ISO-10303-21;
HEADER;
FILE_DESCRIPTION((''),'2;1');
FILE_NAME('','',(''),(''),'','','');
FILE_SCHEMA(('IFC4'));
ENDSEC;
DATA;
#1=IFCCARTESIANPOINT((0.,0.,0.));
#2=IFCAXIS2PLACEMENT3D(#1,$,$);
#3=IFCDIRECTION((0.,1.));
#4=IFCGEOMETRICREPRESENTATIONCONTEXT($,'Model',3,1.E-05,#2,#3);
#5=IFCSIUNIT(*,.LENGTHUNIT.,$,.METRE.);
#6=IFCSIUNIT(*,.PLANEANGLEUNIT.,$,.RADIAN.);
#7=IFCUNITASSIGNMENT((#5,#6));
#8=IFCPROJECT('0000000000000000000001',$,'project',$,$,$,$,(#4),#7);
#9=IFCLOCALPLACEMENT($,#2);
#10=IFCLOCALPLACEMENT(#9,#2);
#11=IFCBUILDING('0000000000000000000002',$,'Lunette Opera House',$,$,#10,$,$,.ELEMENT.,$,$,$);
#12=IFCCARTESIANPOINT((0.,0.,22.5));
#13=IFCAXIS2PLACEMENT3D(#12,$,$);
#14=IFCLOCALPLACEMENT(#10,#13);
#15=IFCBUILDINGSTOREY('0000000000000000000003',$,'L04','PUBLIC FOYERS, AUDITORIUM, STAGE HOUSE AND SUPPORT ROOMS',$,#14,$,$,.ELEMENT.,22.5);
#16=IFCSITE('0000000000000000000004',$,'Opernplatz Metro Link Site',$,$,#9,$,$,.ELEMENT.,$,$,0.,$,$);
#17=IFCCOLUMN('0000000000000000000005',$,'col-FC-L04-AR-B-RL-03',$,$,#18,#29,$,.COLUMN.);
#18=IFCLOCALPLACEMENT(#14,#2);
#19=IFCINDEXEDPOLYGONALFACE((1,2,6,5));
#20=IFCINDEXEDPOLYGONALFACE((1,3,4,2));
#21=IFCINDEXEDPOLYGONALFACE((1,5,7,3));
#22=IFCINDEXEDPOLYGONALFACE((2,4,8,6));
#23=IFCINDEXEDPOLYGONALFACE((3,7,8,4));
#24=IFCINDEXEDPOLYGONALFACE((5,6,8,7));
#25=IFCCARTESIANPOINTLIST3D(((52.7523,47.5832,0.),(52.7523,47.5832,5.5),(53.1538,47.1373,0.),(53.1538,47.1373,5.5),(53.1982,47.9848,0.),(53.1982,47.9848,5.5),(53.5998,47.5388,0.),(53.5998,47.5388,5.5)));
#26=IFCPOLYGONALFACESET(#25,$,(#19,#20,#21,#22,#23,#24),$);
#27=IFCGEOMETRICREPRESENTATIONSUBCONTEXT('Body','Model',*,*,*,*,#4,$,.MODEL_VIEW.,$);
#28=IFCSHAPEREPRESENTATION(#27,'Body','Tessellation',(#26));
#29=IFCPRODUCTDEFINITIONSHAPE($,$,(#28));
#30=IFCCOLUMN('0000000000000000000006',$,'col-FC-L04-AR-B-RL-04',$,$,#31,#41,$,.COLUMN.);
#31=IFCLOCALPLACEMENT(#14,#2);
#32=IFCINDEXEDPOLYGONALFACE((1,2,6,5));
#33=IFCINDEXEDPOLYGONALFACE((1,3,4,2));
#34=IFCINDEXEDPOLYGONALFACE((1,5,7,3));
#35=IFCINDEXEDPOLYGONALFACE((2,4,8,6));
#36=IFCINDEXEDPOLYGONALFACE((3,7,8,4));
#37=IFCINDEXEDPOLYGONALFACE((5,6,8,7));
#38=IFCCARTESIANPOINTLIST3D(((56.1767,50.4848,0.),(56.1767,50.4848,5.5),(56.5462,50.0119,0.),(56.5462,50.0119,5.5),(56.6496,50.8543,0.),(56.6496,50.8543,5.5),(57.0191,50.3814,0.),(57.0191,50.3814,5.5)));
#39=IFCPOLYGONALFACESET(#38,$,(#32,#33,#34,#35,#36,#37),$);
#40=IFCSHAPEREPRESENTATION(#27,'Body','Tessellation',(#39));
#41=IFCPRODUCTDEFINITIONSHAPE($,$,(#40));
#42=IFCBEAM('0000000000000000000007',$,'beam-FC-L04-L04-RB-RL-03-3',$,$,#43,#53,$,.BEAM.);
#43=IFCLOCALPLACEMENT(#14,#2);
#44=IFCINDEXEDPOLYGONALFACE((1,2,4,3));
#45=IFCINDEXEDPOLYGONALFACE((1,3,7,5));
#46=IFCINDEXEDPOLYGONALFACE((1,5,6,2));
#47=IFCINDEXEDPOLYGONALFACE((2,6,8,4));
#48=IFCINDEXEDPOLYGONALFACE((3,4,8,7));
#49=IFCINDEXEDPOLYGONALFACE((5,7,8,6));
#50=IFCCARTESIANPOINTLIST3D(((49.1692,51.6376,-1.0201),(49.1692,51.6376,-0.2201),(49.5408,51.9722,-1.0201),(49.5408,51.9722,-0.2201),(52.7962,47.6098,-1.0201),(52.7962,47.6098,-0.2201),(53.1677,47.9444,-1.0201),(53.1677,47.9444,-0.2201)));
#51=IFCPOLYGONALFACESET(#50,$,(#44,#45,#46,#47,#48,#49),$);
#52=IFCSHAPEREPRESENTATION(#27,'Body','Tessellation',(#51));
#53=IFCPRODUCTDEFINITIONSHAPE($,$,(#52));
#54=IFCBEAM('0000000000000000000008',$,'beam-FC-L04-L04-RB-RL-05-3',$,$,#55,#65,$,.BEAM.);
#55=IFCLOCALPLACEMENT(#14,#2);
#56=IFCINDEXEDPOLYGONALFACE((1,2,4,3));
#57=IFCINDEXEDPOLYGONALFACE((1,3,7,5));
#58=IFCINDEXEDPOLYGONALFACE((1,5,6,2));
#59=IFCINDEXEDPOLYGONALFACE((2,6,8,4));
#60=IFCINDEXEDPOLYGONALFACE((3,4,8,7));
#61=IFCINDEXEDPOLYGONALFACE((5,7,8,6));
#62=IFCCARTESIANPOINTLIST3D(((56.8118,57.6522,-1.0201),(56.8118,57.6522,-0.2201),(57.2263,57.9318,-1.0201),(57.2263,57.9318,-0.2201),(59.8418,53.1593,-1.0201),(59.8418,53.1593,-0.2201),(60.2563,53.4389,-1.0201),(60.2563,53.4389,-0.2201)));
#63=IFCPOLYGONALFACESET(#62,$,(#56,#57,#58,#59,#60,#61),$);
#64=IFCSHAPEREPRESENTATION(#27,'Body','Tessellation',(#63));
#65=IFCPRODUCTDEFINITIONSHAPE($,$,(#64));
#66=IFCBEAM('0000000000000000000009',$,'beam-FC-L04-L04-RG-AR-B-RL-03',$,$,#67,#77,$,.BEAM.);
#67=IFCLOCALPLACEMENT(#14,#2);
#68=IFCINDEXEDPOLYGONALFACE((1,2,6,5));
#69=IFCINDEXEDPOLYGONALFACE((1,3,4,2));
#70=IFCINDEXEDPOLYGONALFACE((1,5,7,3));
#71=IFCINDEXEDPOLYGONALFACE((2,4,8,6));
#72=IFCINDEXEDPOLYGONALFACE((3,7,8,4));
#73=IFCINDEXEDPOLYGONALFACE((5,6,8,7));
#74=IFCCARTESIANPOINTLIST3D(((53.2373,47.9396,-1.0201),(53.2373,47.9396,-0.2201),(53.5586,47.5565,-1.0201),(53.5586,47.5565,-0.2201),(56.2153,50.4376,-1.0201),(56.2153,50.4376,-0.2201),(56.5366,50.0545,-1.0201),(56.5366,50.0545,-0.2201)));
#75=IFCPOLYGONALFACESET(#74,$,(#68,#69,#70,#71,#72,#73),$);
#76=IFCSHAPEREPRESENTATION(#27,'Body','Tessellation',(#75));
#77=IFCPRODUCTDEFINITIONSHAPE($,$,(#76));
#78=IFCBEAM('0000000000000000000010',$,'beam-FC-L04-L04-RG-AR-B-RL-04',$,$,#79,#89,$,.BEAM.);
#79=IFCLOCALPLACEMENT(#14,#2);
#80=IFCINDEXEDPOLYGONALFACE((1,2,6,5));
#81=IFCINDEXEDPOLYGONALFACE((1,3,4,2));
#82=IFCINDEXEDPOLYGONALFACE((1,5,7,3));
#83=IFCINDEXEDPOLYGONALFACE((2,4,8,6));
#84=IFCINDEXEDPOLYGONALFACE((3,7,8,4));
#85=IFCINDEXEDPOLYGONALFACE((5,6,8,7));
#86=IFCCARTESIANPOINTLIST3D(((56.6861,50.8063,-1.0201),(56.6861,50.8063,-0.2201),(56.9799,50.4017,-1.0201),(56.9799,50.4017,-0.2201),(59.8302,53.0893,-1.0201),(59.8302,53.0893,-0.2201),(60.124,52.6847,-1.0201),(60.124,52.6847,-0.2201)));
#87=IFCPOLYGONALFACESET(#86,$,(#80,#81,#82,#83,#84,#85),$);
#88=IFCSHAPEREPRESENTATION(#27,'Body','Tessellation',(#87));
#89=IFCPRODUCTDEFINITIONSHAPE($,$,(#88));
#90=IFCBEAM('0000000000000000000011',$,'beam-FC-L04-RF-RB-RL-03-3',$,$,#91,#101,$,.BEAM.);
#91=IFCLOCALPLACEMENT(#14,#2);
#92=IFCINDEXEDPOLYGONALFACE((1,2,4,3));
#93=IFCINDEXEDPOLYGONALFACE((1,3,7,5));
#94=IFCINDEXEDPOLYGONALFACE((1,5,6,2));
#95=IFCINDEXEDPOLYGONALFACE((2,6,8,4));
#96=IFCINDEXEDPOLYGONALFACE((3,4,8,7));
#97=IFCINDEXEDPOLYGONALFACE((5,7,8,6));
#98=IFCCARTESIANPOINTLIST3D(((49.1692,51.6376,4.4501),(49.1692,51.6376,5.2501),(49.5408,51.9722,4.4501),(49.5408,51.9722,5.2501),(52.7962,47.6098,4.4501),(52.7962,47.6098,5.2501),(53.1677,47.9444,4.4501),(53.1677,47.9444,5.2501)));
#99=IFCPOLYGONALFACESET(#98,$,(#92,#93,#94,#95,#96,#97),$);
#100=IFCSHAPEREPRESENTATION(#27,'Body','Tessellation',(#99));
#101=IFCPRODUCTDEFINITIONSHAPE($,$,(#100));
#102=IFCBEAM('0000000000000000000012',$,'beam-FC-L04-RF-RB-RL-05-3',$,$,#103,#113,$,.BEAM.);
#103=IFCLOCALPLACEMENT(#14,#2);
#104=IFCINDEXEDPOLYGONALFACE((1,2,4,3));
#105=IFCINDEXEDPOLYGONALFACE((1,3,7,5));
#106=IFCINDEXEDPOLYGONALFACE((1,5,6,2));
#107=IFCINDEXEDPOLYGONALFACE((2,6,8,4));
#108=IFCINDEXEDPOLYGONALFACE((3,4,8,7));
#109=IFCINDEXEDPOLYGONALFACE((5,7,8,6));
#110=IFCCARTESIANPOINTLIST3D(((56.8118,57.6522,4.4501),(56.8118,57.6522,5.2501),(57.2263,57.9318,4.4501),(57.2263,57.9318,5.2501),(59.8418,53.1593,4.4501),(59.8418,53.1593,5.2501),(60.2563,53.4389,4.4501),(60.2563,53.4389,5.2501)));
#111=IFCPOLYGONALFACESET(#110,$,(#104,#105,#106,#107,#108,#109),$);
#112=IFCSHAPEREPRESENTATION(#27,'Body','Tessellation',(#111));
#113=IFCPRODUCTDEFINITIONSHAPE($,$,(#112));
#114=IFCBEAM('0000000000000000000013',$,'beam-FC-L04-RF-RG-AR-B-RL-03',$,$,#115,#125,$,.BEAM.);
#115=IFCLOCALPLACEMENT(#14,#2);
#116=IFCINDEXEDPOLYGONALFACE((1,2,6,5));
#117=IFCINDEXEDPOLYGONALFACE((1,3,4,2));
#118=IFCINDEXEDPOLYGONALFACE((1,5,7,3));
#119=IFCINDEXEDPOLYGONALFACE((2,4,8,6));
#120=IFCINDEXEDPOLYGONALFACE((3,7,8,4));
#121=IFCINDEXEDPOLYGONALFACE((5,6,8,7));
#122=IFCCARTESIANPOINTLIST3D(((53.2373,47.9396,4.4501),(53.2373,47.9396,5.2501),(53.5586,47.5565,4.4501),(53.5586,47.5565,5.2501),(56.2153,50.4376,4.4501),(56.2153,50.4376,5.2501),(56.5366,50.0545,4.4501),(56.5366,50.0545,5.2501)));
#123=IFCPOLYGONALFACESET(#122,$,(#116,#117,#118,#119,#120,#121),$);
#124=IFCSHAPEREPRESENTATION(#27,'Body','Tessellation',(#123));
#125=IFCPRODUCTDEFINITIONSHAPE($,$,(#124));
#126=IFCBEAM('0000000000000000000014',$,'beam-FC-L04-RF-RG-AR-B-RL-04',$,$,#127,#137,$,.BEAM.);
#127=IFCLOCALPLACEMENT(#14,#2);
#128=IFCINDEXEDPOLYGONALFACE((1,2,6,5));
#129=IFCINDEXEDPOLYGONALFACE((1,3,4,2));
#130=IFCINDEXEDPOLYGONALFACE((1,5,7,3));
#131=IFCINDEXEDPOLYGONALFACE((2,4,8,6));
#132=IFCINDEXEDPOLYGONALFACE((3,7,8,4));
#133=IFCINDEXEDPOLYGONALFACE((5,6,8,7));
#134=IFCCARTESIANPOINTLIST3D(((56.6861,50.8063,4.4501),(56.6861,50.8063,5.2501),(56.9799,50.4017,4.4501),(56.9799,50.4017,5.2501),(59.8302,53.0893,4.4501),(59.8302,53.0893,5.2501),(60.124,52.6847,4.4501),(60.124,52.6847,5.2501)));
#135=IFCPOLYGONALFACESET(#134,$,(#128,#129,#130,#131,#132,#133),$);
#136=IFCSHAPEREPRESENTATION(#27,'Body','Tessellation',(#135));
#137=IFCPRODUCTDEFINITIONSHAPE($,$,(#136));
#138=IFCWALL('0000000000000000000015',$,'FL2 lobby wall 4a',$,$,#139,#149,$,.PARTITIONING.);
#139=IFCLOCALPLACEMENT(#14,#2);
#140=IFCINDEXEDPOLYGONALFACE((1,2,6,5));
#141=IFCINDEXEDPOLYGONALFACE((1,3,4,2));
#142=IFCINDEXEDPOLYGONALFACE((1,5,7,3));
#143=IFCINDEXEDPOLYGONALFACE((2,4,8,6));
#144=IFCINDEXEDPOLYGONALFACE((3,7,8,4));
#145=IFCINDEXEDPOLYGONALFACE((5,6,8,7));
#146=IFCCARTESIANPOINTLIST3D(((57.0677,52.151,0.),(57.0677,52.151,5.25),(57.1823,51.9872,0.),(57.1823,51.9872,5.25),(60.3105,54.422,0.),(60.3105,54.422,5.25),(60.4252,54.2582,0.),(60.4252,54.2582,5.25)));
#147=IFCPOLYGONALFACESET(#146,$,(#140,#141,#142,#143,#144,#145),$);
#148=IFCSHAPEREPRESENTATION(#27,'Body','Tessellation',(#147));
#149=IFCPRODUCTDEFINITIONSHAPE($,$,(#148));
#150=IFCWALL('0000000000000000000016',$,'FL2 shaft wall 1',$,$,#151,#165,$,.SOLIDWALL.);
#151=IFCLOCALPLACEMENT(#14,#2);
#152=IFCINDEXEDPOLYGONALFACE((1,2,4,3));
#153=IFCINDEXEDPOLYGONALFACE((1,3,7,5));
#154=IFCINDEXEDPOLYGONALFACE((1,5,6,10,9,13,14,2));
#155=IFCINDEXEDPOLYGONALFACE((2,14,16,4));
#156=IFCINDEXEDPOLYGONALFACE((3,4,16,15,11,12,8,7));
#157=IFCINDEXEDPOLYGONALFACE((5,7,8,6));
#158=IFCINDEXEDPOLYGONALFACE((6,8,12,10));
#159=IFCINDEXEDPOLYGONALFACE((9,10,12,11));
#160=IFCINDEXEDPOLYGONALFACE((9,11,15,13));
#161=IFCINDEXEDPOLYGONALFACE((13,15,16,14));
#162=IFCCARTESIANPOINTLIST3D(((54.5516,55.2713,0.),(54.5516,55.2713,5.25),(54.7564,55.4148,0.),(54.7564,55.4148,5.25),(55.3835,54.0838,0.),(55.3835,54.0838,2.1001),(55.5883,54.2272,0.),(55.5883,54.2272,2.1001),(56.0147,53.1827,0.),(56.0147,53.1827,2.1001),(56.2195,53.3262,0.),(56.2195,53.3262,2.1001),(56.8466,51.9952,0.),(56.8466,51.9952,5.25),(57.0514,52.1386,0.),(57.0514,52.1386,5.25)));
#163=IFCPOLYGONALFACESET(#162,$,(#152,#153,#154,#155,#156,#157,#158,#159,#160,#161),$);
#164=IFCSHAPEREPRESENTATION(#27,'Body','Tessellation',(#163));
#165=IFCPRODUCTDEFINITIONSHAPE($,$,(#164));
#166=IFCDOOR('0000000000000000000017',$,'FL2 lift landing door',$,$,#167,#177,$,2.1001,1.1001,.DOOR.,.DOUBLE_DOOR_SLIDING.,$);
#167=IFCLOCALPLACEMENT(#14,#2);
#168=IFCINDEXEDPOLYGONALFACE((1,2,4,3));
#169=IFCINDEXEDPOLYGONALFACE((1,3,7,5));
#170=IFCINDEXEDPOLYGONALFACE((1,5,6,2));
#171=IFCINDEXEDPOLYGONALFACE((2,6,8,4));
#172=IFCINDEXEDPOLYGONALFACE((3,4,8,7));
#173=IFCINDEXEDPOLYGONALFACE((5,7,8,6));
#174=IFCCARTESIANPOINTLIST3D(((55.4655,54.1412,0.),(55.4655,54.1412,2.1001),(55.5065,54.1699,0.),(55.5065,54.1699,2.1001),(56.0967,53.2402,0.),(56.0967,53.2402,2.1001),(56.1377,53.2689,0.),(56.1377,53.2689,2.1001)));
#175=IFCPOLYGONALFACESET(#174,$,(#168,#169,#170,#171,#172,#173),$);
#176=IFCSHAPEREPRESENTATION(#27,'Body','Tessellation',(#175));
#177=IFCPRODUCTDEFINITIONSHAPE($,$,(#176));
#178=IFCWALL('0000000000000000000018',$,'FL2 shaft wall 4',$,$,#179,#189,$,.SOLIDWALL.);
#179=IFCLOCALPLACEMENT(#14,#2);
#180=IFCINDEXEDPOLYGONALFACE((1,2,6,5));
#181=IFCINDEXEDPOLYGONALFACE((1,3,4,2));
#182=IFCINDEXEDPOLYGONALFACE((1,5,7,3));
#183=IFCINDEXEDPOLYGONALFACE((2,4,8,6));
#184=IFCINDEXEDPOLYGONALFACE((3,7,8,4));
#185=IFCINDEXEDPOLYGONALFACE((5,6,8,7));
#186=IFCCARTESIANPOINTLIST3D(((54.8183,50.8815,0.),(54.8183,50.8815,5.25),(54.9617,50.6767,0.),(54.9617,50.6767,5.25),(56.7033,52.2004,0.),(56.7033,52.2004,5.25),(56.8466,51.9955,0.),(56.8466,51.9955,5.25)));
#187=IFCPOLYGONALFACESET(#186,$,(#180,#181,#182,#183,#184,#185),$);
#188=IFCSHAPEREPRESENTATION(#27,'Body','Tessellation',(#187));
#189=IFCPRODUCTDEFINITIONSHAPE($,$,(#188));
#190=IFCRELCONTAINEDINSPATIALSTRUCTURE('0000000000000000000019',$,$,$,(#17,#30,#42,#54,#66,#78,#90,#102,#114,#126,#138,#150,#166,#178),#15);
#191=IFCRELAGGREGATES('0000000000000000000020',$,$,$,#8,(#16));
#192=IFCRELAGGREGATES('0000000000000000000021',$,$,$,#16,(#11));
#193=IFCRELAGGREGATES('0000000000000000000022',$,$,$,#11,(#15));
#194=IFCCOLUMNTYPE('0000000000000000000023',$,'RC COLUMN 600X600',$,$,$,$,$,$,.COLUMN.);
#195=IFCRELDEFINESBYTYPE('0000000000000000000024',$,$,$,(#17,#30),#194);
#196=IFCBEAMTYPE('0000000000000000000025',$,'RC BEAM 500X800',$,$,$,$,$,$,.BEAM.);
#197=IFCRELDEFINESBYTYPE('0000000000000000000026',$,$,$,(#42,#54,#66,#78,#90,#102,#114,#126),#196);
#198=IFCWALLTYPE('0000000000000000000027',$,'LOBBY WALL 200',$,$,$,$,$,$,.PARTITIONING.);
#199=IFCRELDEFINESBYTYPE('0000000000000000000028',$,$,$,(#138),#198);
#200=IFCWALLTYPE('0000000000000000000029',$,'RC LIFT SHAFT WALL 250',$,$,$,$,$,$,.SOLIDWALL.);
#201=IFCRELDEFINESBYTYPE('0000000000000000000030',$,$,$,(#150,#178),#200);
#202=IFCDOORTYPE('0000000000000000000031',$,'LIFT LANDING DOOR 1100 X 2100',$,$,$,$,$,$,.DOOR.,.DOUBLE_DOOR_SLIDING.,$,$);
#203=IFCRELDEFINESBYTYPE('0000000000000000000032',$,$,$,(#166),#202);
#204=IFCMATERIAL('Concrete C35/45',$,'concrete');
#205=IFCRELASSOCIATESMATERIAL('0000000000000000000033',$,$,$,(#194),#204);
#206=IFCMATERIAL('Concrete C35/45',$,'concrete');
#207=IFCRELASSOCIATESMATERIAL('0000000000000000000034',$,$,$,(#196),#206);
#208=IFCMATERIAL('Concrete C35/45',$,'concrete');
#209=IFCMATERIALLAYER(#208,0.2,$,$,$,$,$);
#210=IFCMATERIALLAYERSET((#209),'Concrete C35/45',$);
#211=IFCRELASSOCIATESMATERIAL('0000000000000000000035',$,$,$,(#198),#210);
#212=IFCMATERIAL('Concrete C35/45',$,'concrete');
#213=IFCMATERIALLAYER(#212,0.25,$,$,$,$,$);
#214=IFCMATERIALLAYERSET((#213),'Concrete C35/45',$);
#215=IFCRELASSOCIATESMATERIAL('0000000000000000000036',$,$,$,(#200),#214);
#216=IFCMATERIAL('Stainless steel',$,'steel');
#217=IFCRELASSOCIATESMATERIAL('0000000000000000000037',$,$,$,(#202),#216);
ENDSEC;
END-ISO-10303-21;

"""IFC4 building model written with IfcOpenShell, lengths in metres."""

from ifc_helpers import new_model, si_unit, direction, frame, frame_2d, origin, origin_2d, place, context, subcontext, project, spatial, rectangle, extrude, material, layer, layer_set, material_profile, profile_set, type_object, element, fill, save


model = new_model("IFC4")

# Units and contexts
model_context = context("Model", 3, precision=1e-05, world=origin(), true_north=direction((0.0, 1.0)))
body_context = subcontext(model_context, "Body", "Model", "MODEL_VIEW")
ifc_project = project(units=[si_unit("LENGTHUNIT", "METRE"), si_unit("PLANEANGLEUNIT", "RADIAN")], contexts=[model_context])

# Site, building, storey
site_placement = place(None, origin())
site = spatial("IfcSite", under=ifc_project, at=site_placement, Name="Opernplatz Metro Link Site", CompositionType="ELEMENT", RefElevation=0.0)
building_placement = place(site_placement, origin())
building = spatial("IfcBuilding", under=site, at=building_placement, Name="Lunette Opera House", CompositionType="ELEMENT")
storey_placement = place(building_placement, frame((0.0, 0.0, 22.5)))
storey = spatial("IfcBuildingStorey", under=building, at=storey_placement, Name="L04", Description="PUBLIC FOYERS, AUDITORIUM, STAGE HOUSE AND SUPPORT ROOMS", CompositionType="ELEMENT", Elevation=22.5)

# Columns
ifc_material_1 = material(Name="Concrete C35/45", Category="concrete")
ifc_material_profile_1 = material_profile(ifc_material_1, rectangle(XDim=0.6001, YDim=0.6001, at=origin_2d()), Name="RC COLUMN 600X600")
ifc_profile_set_1 = profile_set([ifc_material_profile_1], Name="Concrete C35/45")
column_type = type_object("IfcColumnType", Name="RC COLUMN 600X600", PredefinedType="COLUMN", material=ifc_profile_set_1)
for number, where, z_axis, x_axis, name in (
    (1, (53.176, 47.561, 0.0), (0.0, 0.0, 1.0), (0.743145, 0.669131, 0.0), "col-FC-L04-AR-B-RL-03"),
    (2, (56.5979, 50.4331, 0.0), (0.0, 0.0, 1.0), (0.788011, 0.615661, 0.0), "col-FC-L04-AR-B-RL-04"),
):
    element("IfcColumn", number, at=place(storey_placement, frame(where, z_axis=z_axis, x_axis=x_axis)), inside=storey, type_object=column_type, Name=name, PredefinedType="COLUMN", context=body_context, shape_type="SweptSolid", body=[
        extrude(rectangle(XDim=0.6001, YDim=0.6001, at=origin_2d()), origin(), (0.0, 0.0, 1.0), 5.5),
    ])

# Beams
ifc_material_2 = material(Name="Concrete C35/45", Category="concrete")
ifc_material_profile_2 = material_profile(ifc_material_2, rectangle(XDim=0.5, YDim=0.8, at=origin_2d()), Name="RC BEAM 500X800")
ifc_profile_set_2 = profile_set([ifc_material_profile_2], Name="Concrete C35/45")
beam_type = type_object("IfcBeamType", Name="RC BEAM 500X800", PredefinedType="BEAM", material=ifc_profile_set_2)
beam_1_placement = place(storey_placement, frame((52.9819, 47.7771, -0.6201), z_axis=(-0.669159, 0.743119, 0.0), x_axis=(-0.743119, -0.669159, 0.0)))
element("IfcBeam", 3, at=beam_1_placement, inside=storey, type_object=beam_type, Name="beam-FC-L04-L04-RB-RL-03-3", PredefinedType="BEAM", context=body_context, shape_type="SweptSolid", body=[
    extrude(rectangle(XDim=0.5, YDim=0.8, at=origin_2d()), origin(), (0.0, 0.0, 1.0), 5.4202),
])
beam_2_placement = place(storey_placement, frame((60.0491, 53.2991, -0.6201), z_axis=(-0.559132, 0.829079, 0.0), x_axis=(-0.829079, -0.559132, 0.0)))
element("IfcBeam", 4, at=beam_2_placement, inside=storey, type_object=beam_type, Name="beam-FC-L04-L04-RB-RL-05-3", PredefinedType="BEAM", context=body_context, shape_type="SweptSolid", body=[
    extrude(rectangle(XDim=0.5, YDim=0.8, at=origin_2d()), origin(), (0.0, 0.0, 1.0), 5.4192),
])
beam_3_placement = place(storey_placement, frame((53.3979, 47.748, -0.6201), z_axis=(0.766148, 0.642665, 0.0), x_axis=(-0.642665, 0.766148, 0.0)))
element("IfcBeam", 5, at=beam_3_placement, inside=storey, type_object=beam_type, Name="beam-FC-L04-L04-RG-AR-B-RL-03", PredefinedType="BEAM", context=body_context, shape_type="SweptSolid", body=[
    extrude(rectangle(XDim=0.5, YDim=0.8, at=origin_2d()), origin(), (0.0, 0.0, 1.0), 3.887),
])
beam_4_placement = place(storey_placement, frame((56.833, 50.604, -0.6201), z_axis=(0.809179, 0.587563, 0.0), x_axis=(-0.587563, 0.809179, 0.0)))
element("IfcBeam", 6, at=beam_4_placement, inside=storey, type_object=beam_type, Name="beam-FC-L04-L04-RG-AR-B-RL-04", PredefinedType="BEAM", context=body_context, shape_type="SweptSolid", body=[
    extrude(rectangle(XDim=0.5, YDim=0.8, at=origin_2d()), origin(), (0.0, 0.0, 1.0), 3.8855),
])
beam_5_placement = place(storey_placement, frame((52.9819, 47.7771, 4.8501), z_axis=(-0.669159, 0.743119, 0.0), x_axis=(-0.743119, -0.669159, 0.0)))
element("IfcBeam", 7, at=beam_5_placement, inside=storey, type_object=beam_type, Name="beam-FC-L04-RF-RB-RL-03-3", PredefinedType="BEAM", context=body_context, shape_type="SweptSolid", body=[
    extrude(rectangle(XDim=0.5, YDim=0.8, at=origin_2d()), origin(), (0.0, 0.0, 1.0), 5.4202),
])
beam_6_placement = place(storey_placement, frame((60.0491, 53.2991, 4.8501), z_axis=(-0.559132, 0.829079, 0.0), x_axis=(-0.829079, -0.559132, 0.0)))
element("IfcBeam", 8, at=beam_6_placement, inside=storey, type_object=beam_type, Name="beam-FC-L04-RF-RB-RL-05-3", PredefinedType="BEAM", context=body_context, shape_type="SweptSolid", body=[
    extrude(rectangle(XDim=0.5, YDim=0.8, at=origin_2d()), origin(), (0.0, 0.0, 1.0), 5.4192),
])
beam_7_placement = place(storey_placement, frame((53.3979, 47.748, 4.8501), z_axis=(0.766148, 0.642665, 0.0), x_axis=(-0.642665, 0.766148, 0.0)))
element("IfcBeam", 9, at=beam_7_placement, inside=storey, type_object=beam_type, Name="beam-FC-L04-RF-RG-AR-B-RL-03", PredefinedType="BEAM", context=body_context, shape_type="SweptSolid", body=[
    extrude(rectangle(XDim=0.5, YDim=0.8, at=origin_2d()), origin(), (0.0, 0.0, 1.0), 3.887),
])
beam_8_placement = place(storey_placement, frame((56.833, 50.604, 4.8501), z_axis=(0.809179, 0.587563, 0.0), x_axis=(-0.587563, 0.809179, 0.0)))
element("IfcBeam", 10, at=beam_8_placement, inside=storey, type_object=beam_type, Name="beam-FC-L04-RF-RG-AR-B-RL-04", PredefinedType="BEAM", context=body_context, shape_type="SweptSolid", body=[
    extrude(rectangle(XDim=0.5, YDim=0.8, at=origin_2d()), origin(), (0.0, 0.0, 1.0), 3.8855),
])

# Wall
ifc_material_3 = material(Name="Concrete C35/45", Category="concrete")
ifc_layer_1 = layer(ifc_material_3, 0.2)
ifc_layer_set_1 = layer_set([ifc_layer_1], Name="Concrete C35/45")
wall_type_1 = type_object("IfcWallType", Name="LOBBY WALL 200", PredefinedType="PARTITIONING", material=ifc_layer_set_1)
wall_1_placement = place(storey_placement, frame((57.125, 52.0691, 0.0), z_axis=(0.0, 0.0, 1.0), x_axis=(0.819119, 0.573624, 0.0)))
element("IfcWall", 11, at=wall_1_placement, inside=storey, type_object=wall_type_1, Name="FL2 lobby wall 4a", PredefinedType="PARTITIONING", context=body_context, shape_type="SweptSolid", body=[
    extrude(rectangle(XDim=3.959, YDim=0.2, at=frame_2d((1.9795, 0.0))), origin(), (0.0, 0.0, 1.0), 5.25),
])

# Wall, opening, door
ifc_material_4 = material(Name="Concrete C35/45", Category="concrete")
ifc_layer_2 = layer(ifc_material_4, 0.25)
ifc_layer_set_2 = layer_set([ifc_layer_2], Name="Concrete C35/45")
wall_type_2 = type_object("IfcWallType", Name="RC LIFT SHAFT WALL 250", PredefinedType="SOLIDWALL", material=ifc_layer_set_2)
wall_2_placement = place(storey_placement, frame((56.949, 52.0669, 0.0), z_axis=(0.0, 0.0, 1.0), x_axis=(-0.573737, 0.81904, 0.0)))
wall_2 = element("IfcWall", 12, at=wall_2_placement, inside=storey, type_object=wall_type_2, Name="FL2 shaft wall 1", PredefinedType="SOLIDWALL", context=body_context, shape_type="SweptSolid", body=[
    extrude(rectangle(XDim=4.0, YDim=0.25, at=frame_2d((2.0, 0.0))), origin(), (0.0, 0.0, 1.0), 5.25),
])
opening_1_placement = place(wall_2_placement, frame((1.45, 0.0, 0.0)))
opening_1 = element("IfcOpeningElement", 13, at=opening_1_placement, cuts=wall_2, PredefinedType="OPENING", context=body_context, shape_type="SweptSolid", body=[
    extrude(rectangle(XDim=1.1001, YDim=2.1001, at=frame_2d((0.55, 1.05))), frame((0.0, 0.137, 0.0), z_axis=(0.0, -1.0, 0.0), x_axis=(1.0, 0.0, 0.0)), (0.0, 0.0, 1.0), 0.2739),
])
ifc_material_5 = material(Name="Stainless steel", Category="steel")
door_type_1 = type_object("IfcDoorType", Name="LIFT LANDING DOOR 1100 X 2100", OperationType="DOUBLE_DOOR_SLIDING", PredefinedType="DOOR", material=ifc_material_5)
door_1_placement = place(opening_1_placement, origin())
door_1 = element("IfcDoor", 14, at=door_1_placement, inside=storey, type_object=door_type_1, Name="FL2 lift landing door", OperationType="DOUBLE_DOOR_SLIDING", OverallHeight=2.1001, OverallWidth=1.1001, PredefinedType="DOOR", context=body_context, shape_type="SweptSolid", body=[
    extrude(rectangle(XDim=1.1001, YDim=2.1001, at=frame_2d((0.55, 1.05))), frame((0.0, 0.0249, 0.0), z_axis=(0.0, -1.0, 0.0), x_axis=(1.0, 0.0, 0.0)), (0.0, 0.0, 1.0), 0.05),
])
fill(opening_1, door_1)

# Wall
wall_3_placement = place(storey_placement, frame((54.8899, 50.7791, 0.0), z_axis=(0.0, 0.0, 1.0), x_axis=(0.819367, 0.57327, 0.0)))
element("IfcWall", 15, at=wall_3_placement, inside=storey, type_object=wall_type_2, Name="FL2 shaft wall 4", PredefinedType="SOLIDWALL", context=body_context, shape_type="SweptSolid", body=[
    extrude(rectangle(XDim=2.3005, YDim=0.25, at=frame_2d((1.1504, 0.0))), origin(), (0.0, 0.0, 1.0), 5.25),
])

save(model, "model.ifc")
